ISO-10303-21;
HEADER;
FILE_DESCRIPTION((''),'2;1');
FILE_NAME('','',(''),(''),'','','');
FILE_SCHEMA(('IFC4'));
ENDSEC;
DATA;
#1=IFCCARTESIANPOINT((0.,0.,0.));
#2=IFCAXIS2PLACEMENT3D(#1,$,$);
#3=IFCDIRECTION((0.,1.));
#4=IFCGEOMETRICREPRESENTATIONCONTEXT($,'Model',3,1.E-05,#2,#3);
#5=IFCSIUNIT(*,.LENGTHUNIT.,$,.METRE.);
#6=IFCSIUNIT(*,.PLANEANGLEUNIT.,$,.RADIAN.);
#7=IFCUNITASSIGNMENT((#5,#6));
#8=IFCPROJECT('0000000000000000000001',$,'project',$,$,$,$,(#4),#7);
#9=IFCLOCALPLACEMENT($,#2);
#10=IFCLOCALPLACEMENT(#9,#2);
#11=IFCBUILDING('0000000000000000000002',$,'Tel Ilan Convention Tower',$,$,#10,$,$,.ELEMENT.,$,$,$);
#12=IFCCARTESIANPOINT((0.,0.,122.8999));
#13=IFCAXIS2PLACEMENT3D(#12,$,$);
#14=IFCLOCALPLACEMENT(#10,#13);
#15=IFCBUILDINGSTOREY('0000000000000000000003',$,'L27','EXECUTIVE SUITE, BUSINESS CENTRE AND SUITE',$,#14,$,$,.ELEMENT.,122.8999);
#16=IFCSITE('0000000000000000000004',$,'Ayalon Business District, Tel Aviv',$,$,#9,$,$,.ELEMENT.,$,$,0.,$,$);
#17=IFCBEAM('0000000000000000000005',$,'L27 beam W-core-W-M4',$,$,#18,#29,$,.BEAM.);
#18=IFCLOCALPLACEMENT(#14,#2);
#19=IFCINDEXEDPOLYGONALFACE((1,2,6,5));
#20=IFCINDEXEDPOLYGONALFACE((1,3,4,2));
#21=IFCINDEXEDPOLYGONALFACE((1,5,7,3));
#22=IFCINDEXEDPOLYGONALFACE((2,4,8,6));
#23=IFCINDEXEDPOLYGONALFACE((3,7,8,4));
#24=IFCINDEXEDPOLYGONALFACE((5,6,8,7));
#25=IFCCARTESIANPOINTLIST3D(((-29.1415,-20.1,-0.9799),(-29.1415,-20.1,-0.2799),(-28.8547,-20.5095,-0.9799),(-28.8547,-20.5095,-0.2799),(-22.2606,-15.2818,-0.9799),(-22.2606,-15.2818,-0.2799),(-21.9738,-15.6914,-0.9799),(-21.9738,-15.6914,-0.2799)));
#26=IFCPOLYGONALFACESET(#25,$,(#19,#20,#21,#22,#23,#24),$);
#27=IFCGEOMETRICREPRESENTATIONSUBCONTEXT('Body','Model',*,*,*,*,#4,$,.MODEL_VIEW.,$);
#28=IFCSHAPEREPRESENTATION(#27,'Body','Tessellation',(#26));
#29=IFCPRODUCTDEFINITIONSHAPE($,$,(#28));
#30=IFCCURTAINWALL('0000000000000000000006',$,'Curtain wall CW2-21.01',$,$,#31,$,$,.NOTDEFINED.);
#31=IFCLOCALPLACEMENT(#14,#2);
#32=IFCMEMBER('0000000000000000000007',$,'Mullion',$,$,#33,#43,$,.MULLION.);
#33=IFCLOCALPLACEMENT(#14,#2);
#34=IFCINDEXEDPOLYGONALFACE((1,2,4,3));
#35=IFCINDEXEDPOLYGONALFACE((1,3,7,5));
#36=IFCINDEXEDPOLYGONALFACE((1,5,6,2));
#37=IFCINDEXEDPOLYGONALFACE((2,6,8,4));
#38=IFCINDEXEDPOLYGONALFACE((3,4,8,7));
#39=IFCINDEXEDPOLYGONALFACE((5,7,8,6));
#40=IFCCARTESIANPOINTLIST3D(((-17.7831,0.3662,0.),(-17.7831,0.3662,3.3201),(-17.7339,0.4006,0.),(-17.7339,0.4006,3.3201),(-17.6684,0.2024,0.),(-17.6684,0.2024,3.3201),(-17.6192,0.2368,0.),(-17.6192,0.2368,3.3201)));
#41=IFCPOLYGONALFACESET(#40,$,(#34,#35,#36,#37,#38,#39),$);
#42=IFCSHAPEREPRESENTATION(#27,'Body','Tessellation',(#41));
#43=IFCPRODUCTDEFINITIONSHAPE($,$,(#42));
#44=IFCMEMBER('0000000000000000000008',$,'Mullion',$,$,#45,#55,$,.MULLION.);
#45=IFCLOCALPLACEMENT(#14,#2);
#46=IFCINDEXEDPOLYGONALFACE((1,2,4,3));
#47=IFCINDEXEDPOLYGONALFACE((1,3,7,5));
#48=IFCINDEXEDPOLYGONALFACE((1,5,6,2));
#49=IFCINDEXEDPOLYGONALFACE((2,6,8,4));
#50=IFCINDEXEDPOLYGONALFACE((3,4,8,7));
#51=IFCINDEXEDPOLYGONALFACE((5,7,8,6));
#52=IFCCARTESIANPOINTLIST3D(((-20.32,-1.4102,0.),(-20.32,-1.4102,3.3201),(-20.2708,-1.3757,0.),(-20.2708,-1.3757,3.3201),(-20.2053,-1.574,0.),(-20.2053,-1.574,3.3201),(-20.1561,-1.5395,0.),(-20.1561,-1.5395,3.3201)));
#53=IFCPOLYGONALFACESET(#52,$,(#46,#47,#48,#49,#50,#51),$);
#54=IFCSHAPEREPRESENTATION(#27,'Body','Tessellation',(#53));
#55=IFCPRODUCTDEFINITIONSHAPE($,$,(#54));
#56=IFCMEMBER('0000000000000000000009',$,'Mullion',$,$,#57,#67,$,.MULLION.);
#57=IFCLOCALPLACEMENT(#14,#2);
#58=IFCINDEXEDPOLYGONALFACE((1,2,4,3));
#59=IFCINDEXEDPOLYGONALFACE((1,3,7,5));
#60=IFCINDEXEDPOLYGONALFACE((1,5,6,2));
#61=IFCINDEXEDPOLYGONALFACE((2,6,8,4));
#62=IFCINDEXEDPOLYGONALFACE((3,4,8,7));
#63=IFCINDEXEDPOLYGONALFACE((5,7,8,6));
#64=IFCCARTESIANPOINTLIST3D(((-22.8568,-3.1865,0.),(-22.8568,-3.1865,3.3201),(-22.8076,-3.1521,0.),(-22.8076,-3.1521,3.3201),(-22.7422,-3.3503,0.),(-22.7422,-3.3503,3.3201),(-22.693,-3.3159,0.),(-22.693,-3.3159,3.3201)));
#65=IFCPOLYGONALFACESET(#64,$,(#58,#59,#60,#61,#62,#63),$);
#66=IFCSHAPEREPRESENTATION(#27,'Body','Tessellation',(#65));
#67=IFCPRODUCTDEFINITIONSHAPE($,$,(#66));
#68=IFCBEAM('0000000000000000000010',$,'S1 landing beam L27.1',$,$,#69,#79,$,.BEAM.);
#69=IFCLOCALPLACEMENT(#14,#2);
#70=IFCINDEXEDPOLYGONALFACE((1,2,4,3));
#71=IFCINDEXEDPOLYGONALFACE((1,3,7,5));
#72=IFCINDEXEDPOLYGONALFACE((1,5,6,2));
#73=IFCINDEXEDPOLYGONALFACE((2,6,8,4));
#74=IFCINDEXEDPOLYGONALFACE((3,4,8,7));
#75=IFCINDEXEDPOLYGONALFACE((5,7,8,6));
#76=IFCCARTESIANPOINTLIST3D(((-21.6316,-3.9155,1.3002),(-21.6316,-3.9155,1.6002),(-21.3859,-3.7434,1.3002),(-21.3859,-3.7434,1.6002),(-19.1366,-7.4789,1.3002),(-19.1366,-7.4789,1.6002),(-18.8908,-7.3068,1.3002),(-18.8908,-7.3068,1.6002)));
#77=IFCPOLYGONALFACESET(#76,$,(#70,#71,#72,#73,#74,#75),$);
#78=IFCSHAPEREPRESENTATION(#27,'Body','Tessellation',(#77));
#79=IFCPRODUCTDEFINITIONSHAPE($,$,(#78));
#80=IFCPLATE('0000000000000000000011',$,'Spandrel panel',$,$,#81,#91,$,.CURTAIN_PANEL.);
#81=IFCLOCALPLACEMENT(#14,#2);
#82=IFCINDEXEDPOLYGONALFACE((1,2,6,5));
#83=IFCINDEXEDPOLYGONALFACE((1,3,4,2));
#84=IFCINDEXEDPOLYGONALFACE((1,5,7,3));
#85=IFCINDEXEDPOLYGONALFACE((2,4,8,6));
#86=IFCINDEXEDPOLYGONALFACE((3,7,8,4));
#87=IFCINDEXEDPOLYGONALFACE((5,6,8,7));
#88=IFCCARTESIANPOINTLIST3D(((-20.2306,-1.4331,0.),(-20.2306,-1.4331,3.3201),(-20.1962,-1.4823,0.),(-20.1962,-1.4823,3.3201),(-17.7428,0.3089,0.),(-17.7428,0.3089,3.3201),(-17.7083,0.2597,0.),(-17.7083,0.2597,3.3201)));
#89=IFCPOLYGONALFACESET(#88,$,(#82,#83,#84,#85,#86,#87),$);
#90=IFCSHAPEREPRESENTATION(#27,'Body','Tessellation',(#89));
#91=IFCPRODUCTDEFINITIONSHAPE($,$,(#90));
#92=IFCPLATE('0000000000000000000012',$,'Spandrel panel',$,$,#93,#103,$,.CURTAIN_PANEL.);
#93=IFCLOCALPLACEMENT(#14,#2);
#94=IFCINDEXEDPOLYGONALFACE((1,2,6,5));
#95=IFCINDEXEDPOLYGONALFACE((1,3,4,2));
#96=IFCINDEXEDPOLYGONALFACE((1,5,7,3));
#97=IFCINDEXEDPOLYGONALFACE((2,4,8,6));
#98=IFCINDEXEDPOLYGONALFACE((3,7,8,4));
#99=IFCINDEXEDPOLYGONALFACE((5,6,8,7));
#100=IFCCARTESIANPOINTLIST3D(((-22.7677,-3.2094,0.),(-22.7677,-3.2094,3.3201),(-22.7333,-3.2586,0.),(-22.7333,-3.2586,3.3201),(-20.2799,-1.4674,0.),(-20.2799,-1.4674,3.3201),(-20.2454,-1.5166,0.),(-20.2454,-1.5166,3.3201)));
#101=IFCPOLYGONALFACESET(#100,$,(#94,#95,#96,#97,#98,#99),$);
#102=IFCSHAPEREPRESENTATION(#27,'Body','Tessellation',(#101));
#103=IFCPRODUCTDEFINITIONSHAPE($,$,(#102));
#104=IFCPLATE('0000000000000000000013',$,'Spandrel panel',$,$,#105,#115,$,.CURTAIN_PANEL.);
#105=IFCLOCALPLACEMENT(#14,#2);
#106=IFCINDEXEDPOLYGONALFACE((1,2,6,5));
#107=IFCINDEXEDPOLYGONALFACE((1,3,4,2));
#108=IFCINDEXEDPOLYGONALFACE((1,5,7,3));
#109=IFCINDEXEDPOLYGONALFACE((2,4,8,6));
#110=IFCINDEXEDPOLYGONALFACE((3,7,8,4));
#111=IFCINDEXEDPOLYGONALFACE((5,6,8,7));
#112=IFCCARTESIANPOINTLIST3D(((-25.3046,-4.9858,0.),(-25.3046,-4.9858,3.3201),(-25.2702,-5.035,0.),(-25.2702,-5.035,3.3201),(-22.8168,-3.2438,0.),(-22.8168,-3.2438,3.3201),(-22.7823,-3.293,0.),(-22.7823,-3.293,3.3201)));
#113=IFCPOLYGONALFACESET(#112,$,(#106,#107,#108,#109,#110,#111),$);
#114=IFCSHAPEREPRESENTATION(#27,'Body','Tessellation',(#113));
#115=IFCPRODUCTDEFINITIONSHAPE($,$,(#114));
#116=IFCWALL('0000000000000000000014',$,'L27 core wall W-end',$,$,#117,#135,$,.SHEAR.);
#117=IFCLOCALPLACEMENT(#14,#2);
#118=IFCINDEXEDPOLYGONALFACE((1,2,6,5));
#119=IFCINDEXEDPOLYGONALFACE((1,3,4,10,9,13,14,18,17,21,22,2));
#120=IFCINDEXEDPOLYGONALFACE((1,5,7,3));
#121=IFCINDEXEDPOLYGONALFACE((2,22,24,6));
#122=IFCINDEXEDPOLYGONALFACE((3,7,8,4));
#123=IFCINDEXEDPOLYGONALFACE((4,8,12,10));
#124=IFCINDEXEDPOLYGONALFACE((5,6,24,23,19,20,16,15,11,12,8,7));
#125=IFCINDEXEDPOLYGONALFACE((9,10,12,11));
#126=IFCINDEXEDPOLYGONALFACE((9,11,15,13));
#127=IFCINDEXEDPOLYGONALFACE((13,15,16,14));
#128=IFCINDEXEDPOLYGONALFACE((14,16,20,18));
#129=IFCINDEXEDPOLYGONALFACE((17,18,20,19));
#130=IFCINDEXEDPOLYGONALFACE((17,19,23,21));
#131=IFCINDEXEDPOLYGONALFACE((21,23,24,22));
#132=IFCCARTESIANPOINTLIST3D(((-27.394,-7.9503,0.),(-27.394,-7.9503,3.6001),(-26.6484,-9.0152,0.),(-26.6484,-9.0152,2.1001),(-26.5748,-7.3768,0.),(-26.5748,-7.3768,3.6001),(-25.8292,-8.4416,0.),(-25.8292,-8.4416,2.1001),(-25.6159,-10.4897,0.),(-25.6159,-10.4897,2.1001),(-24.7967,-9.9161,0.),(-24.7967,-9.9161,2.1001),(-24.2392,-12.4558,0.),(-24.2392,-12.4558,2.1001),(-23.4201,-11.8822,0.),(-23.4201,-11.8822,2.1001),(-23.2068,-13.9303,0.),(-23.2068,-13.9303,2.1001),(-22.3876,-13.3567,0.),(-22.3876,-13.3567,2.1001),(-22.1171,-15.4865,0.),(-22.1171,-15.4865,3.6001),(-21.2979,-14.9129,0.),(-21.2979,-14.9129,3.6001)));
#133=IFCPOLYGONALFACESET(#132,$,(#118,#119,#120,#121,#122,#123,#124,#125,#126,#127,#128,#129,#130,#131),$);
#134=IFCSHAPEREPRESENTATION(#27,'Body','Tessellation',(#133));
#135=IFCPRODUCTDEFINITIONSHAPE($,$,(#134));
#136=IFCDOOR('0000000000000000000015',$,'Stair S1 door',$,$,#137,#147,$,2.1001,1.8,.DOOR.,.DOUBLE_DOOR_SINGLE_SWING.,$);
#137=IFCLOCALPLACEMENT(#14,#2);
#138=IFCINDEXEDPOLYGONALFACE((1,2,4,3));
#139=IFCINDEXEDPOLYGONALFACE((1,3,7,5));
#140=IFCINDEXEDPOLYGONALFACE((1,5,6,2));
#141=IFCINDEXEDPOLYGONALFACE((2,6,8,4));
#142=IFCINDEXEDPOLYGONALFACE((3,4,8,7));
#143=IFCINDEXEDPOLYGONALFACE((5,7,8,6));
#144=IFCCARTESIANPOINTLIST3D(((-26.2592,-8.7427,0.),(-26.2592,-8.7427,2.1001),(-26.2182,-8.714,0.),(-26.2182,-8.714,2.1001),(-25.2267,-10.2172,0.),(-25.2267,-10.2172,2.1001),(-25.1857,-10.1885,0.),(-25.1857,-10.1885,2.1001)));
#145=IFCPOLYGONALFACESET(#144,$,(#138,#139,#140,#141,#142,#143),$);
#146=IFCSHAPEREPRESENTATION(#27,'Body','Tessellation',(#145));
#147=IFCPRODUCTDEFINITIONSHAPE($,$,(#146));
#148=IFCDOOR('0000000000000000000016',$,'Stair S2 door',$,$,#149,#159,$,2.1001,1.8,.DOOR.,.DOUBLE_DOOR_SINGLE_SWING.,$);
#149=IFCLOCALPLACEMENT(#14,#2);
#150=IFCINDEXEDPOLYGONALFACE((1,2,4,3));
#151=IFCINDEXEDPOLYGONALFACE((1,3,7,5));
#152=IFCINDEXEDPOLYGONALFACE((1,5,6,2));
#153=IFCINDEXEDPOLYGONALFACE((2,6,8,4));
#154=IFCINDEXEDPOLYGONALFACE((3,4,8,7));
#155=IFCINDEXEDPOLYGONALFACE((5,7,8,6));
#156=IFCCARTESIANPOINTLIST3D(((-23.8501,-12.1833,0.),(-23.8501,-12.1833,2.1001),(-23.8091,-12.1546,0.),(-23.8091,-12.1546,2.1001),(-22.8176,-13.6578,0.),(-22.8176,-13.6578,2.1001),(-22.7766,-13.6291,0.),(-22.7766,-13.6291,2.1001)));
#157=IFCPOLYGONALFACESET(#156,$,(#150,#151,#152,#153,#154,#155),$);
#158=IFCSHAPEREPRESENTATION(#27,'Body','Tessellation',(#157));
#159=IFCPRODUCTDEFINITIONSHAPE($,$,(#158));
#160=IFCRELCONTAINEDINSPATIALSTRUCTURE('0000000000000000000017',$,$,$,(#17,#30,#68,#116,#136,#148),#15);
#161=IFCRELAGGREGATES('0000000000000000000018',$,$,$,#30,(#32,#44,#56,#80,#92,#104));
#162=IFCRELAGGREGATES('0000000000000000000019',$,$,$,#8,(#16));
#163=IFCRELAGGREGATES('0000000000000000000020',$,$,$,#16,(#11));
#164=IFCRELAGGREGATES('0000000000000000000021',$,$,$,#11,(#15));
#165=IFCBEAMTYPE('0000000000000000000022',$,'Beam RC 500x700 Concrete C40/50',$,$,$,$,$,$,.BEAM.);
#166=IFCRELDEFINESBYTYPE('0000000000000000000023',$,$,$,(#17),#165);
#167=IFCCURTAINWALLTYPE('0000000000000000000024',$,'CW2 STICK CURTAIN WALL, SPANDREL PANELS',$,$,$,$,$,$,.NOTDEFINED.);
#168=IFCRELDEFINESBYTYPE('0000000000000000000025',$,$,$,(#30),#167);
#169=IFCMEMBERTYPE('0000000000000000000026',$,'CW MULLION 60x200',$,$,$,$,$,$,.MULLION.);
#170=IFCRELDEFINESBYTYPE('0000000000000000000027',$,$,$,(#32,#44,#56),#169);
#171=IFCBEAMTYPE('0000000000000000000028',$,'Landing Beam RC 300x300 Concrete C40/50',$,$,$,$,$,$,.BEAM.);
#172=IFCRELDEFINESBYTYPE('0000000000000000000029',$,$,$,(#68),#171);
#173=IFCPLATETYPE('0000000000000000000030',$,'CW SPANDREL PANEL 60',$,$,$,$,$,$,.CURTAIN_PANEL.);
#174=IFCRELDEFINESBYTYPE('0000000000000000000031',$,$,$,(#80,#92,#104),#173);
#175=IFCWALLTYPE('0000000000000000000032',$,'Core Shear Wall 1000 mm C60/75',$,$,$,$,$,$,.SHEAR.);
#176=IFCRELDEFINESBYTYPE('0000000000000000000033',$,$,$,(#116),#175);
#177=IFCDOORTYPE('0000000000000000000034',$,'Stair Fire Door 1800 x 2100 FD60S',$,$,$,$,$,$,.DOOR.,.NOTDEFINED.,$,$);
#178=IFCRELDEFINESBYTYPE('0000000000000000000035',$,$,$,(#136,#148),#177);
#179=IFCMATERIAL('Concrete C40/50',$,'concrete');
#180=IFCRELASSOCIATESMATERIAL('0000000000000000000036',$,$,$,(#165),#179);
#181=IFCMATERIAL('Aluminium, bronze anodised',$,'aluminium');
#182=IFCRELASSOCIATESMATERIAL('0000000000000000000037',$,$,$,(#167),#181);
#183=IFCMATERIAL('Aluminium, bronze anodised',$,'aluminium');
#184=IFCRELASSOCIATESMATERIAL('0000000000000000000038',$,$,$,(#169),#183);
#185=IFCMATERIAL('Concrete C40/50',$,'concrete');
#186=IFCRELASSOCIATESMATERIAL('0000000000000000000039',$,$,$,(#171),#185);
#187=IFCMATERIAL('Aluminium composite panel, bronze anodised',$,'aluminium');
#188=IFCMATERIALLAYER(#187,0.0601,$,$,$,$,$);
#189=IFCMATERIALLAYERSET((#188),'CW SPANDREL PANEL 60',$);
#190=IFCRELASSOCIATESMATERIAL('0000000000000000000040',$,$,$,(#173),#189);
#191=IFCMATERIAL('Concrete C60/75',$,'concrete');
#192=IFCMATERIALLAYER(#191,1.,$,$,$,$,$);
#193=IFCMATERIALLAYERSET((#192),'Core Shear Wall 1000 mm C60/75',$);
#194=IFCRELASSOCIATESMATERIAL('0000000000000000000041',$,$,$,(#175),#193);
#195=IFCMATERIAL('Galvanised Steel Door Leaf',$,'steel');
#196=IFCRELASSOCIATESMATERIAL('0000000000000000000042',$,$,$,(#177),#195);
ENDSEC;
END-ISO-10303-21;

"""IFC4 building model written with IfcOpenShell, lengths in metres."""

from ifc_helpers import new_model, si_unit, direction, frame, frame_2d, origin, origin_2d, place, context, subcontext, project, spatial, polyline, rectangle, outline, extrude, material, layer, layer_set, material_profile, profile_set, type_object, element, fill, aggregate, save


model = new_model("IFC4")

# Units and contexts
model_context = context("Model", 3, precision=1e-05, world=origin(), true_north=direction((0.0, 1.0)))
body_context = subcontext(model_context, "Body", "Model", "MODEL_VIEW")
ifc_project = project(units=[si_unit("LENGTHUNIT", "METRE"), si_unit("PLANEANGLEUNIT", "RADIAN")], contexts=[model_context])

# Site, building, storey
site_placement = place(None, origin())
site = spatial("IfcSite", under=ifc_project, at=site_placement, Name="Ayalon Business District, Tel Aviv", CompositionType="ELEMENT", RefElevation=0.0)
building_placement = place(site_placement, origin())
building = spatial("IfcBuilding", under=site, at=building_placement, Name="Tel Ilan Convention Tower", CompositionType="ELEMENT")
storey_placement = place(building_placement, frame((0.0, 0.0, 122.8999)))
storey = spatial("IfcBuildingStorey", under=building, at=storey_placement, Name="L27", Description="EXECUTIVE SUITE, BUSINESS CENTRE AND SUITE", CompositionType="ELEMENT", Elevation=122.8999)

# Beam
ifc_material_1 = material(Name="Concrete C40/50", Category="concrete")
ifc_material_profile_1 = material_profile(ifc_material_1, rectangle(XDim=0.5, YDim=0.7, at=origin_2d()), Name="RC 500x700")
ifc_profile_set_1 = profile_set([ifc_material_profile_1], Name="Concrete C40/50")
beam_type_1 = type_object("IfcBeamType", Name="Beam RC 500x700 Concrete C40/50", PredefinedType="BEAM", material=ifc_profile_set_1)
beam_1_placement = place(storey_placement, frame((-22.1172, -15.4866, -0.6299), z_axis=(-0.819147, -0.573583, 0.0), x_axis=(0.573583, -0.819147, 0.0)))
element("IfcBeam", 1, at=beam_1_placement, inside=storey, type_object=beam_type_1, Name="L27 beam W-core-W-M4", PredefinedType="BEAM", context=body_context, shape_type="SweptSolid", body=[
    extrude(rectangle(XDim=0.5, YDim=0.7, at=origin_2d()), origin(), (0.0, 0.0, 1.0), 8.4001),
])

# Curtain wall, members
ifc_material_2 = material(Name="Aluminium, bronze anodised", Category="aluminium")
curtain_wall_type = type_object("IfcCurtainWallType", Name="CW2 STICK CURTAIN WALL, SPANDREL PANELS", PredefinedType="NOTDEFINED", material=ifc_material_2)
curtain_wall_placement = place(storey_placement, origin())
curtain_wall = element("IfcCurtainWall", 2, at=curtain_wall_placement, inside=storey, type_object=curtain_wall_type, Name="Curtain wall CW2-21.01", PredefinedType="NOTDEFINED")
ifc_material_3 = material(Name="Aluminium, bronze anodised", Category="aluminium")
ifc_material_profile_2 = material_profile(ifc_material_3, rectangle(XDim=0.0601, YDim=0.2, at=origin_2d()), Name="CW MULLION 60x200")
ifc_profile_set_2 = profile_set([ifc_material_profile_2], Name="Aluminium, bronze anodised")
member_type = type_object("IfcMemberType", Name="CW MULLION 60x200", PredefinedType="MULLION", material=ifc_profile_set_2)
member_1_placement = place(storey_placement, frame((-17.7012, 0.3015, 0.0), z_axis=(0.0, 0.0, 1.0), x_axis=(-0.819152, -0.573576, 0.0)))
member_1 = element("IfcMember", 3, at=member_1_placement, type_object=member_type, Name="Mullion", PredefinedType="MULLION", context=body_context, shape_type="SweptSolid", body=[
    extrude(rectangle(XDim=0.0601, YDim=0.2, at=origin_2d()), origin(), (0.0, 0.0, 1.0), 3.3201),
])
member_2_placement = place(storey_placement, frame((-20.238, -1.4749, 0.0), z_axis=(0.0, 0.0, 1.0), x_axis=(-0.819152, -0.573576, 0.0)))
member_2 = element("IfcMember", 4, at=member_2_placement, type_object=member_type, Name="Mullion", PredefinedType="MULLION", context=body_context, shape_type="SweptSolid", body=[
    extrude(rectangle(XDim=0.0601, YDim=0.2, at=origin_2d()), origin(), (0.0, 0.0, 1.0), 3.3201),
])
member_3_placement = place(storey_placement, frame((-22.7749, -3.2512, 0.0), z_axis=(0.0, 0.0, 1.0), x_axis=(-0.819152, -0.573576, 0.0)))
member_3 = element("IfcMember", 5, at=member_3_placement, type_object=member_type, Name="Mullion", PredefinedType="MULLION", context=body_context, shape_type="SweptSolid", body=[
    extrude(rectangle(XDim=0.0601, YDim=0.2, at=origin_2d()), origin(), (0.0, 0.0, 1.0), 3.3201),
])

# Beam
ifc_material_4 = material(Name="Concrete C40/50", Category="concrete")
ifc_material_profile_3 = material_profile(ifc_material_4, rectangle(XDim=0.3, YDim=0.3, at=origin_2d()), Name="RC 300x300")
ifc_profile_set_3 = profile_set([ifc_material_profile_3], Name="Concrete C40/50")
beam_type_2 = type_object("IfcBeamType", Name="Landing Beam RC 300x300 Concrete C40/50", PredefinedType="BEAM", material=ifc_profile_set_3)
beam_2_placement = place(storey_placement, frame((-19.0137, -7.3928, 1.4502), z_axis=(-0.573568, 0.819158, 0.0), x_axis=(-0.819158, -0.573568, 0.0)))
element("IfcBeam", 6, at=beam_2_placement, inside=storey, type_object=beam_type_2, Name="S1 landing beam L27.1", PredefinedType="BEAM", context=body_context, shape_type="SweptSolid", body=[
    extrude(rectangle(XDim=0.3, YDim=0.3, at=origin_2d()), origin(), (0.0, 0.0, 1.0), 4.3501),
])

# Plates
ifc_material_5 = material(Name="Aluminium composite panel, bronze anodised", Category="aluminium")
ifc_layer_1 = layer(ifc_material_5, 0.0601)
ifc_layer_set_1 = layer_set([ifc_layer_1], Name="CW SPANDREL PANEL 60")
plate_type = type_object("IfcPlateType", Name="CW SPANDREL PANEL 60", PredefinedType="CURTAIN_PANEL", material=ifc_layer_set_1)
plate_1_placement = place(storey_placement, frame((-18.9695, -0.5867, 0.0), z_axis=(0.0, 0.0, 1.0), x_axis=(-0.819152, -0.573576, 0.0)))
plate_1 = element("IfcPlate", 7, at=plate_1_placement, type_object=plate_type, Name="Spandrel panel", PredefinedType="CURTAIN_PANEL", context=body_context, shape_type="SweptSolid", body=[
    extrude(rectangle(XDim=3.0371, YDim=0.0601, at=origin_2d()), origin(), (0.0, 0.0, 1.0), 3.3201),
])
plate_2_placement = place(storey_placement, frame((-21.5066, -2.363, 0.0), z_axis=(0.0, 0.0, 1.0), x_axis=(-0.819152, -0.573576, 0.0)))
plate_2 = element("IfcPlate", 8, at=plate_2_placement, type_object=plate_type, Name="Spandrel panel", PredefinedType="CURTAIN_PANEL", context=body_context, shape_type="SweptSolid", body=[
    extrude(rectangle(XDim=3.0371, YDim=0.0601, at=origin_2d()), origin(), (0.0, 0.0, 1.0), 3.3201),
])
plate_3_placement = place(storey_placement, frame((-24.0435, -4.1394, 0.0), z_axis=(0.0, 0.0, 1.0), x_axis=(-0.819152, -0.573576, 0.0)))
plate_3 = element("IfcPlate", 9, at=plate_3_placement, type_object=plate_type, Name="Spandrel panel", PredefinedType="CURTAIN_PANEL", context=body_context, shape_type="SweptSolid", body=[
    extrude(rectangle(XDim=3.0371, YDim=0.0601, at=origin_2d()), origin(), (0.0, 0.0, 1.0), 3.3201),
])
aggregate(curtain_wall, [member_1, member_2, member_3, plate_1, plate_2, plate_3])

# Wall, openings, doors
ifc_material_6 = material(Name="Concrete C60/75", Category="concrete")
ifc_layer_2 = layer(ifc_material_6, 1.0)
ifc_layer_set_2 = layer_set([ifc_layer_2], Name="Core Shear Wall 1000 mm C60/75")
wall_type = type_object("IfcWallType", Name="Core Shear Wall 1000 mm C60/75", PredefinedType="SHEAR", material=ifc_layer_set_2)
wall_placement = place(storey_placement, frame((-21.7075, -15.1997, 0.0), z_axis=(0.0, 0.0, 1.0), x_axis=(-0.573576, 0.819152, 0.0)))
wall = element("IfcWall", 10, at=wall_placement, inside=storey, type_object=wall_type, Name="L27 core wall W-end", PredefinedType="SHEAR", context=body_context, shape_type="SweptSolid", body=[
    extrude(outline(polyline([(0.0, 0.5), (0.0, -0.5), (9.2, -0.5), (9.2, 0.5), (0.0, 0.5)])), origin(), (0.0, 0.0, 1.0), 3.6001),
])
opening_1_placement = place(wall_placement, frame((6.1001, 0.0, 0.0)))
opening_1 = element("IfcOpeningElement", 11, at=opening_1_placement, cuts=wall, PredefinedType="OPENING", context=body_context, shape_type="SweptSolid", body=[
    extrude(rectangle(XDim=1.8, YDim=2.1001, at=frame_2d((0.8999, 1.05))), frame((0.0, 0.51, 0.0), z_axis=(0.0, -1.0, 0.0), x_axis=(1.0, 0.0, 0.0)), (0.0, 0.0, 1.0), 1.02),
])
opening_2_placement = place(wall_placement, frame((1.8999, 0.0, 0.0)))
opening_2 = element("IfcOpeningElement", 12, at=opening_2_placement, cuts=wall, PredefinedType="OPENING", context=body_context, shape_type="SweptSolid", body=[
    extrude(rectangle(XDim=1.8, YDim=2.1001, at=frame_2d((0.8999, 1.05))), frame((0.0, 0.51, 0.0), z_axis=(0.0, -1.0, 0.0), x_axis=(1.0, 0.0, 0.0)), (0.0, 0.0, 1.0), 1.02),
])
ifc_material_7 = material(Name="Galvanised Steel Door Leaf", Category="steel")
door_type = type_object("IfcDoorType", Name="Stair Fire Door 1800 x 2100 FD60S", OperationType="NOTDEFINED", PredefinedType="DOOR", material=ifc_material_7)
door_1_placement = place(opening_1_placement, origin())
door_1 = element("IfcDoor", 13, at=door_1_placement, inside=storey, type_object=door_type, Name="Stair S1 door", OperationType="DOUBLE_DOOR_SINGLE_SWING", OverallHeight=2.1001, OverallWidth=1.8, PredefinedType="DOOR", context=body_context, shape_type="SweptSolid", body=[
    extrude(rectangle(XDim=1.8, YDim=2.1001, at=frame_2d((0.8999, 1.05))), frame((0.0, 0.0249, 0.0), z_axis=(0.0, -1.0, 0.0), x_axis=(1.0, 0.0, 0.0)), (0.0, 0.0, 1.0), 0.05),
])
fill(opening_1, door_1)
door_2_placement = place(opening_2_placement, origin())
door_2 = element("IfcDoor", 14, at=door_2_placement, inside=storey, type_object=door_type, Name="Stair S2 door", OperationType="DOUBLE_DOOR_SINGLE_SWING", OverallHeight=2.1001, OverallWidth=1.8, PredefinedType="DOOR", context=body_context, shape_type="SweptSolid", body=[
    extrude(rectangle(XDim=1.8, YDim=2.1001, at=frame_2d((0.8999, 1.05))), frame((0.0, 0.0249, 0.0), z_axis=(0.0, -1.0, 0.0), x_axis=(1.0, 0.0, 0.0)), (0.0, 0.0, 1.0), 0.05),
])
fill(opening_2, door_2)

save(model, "model.ifc")
